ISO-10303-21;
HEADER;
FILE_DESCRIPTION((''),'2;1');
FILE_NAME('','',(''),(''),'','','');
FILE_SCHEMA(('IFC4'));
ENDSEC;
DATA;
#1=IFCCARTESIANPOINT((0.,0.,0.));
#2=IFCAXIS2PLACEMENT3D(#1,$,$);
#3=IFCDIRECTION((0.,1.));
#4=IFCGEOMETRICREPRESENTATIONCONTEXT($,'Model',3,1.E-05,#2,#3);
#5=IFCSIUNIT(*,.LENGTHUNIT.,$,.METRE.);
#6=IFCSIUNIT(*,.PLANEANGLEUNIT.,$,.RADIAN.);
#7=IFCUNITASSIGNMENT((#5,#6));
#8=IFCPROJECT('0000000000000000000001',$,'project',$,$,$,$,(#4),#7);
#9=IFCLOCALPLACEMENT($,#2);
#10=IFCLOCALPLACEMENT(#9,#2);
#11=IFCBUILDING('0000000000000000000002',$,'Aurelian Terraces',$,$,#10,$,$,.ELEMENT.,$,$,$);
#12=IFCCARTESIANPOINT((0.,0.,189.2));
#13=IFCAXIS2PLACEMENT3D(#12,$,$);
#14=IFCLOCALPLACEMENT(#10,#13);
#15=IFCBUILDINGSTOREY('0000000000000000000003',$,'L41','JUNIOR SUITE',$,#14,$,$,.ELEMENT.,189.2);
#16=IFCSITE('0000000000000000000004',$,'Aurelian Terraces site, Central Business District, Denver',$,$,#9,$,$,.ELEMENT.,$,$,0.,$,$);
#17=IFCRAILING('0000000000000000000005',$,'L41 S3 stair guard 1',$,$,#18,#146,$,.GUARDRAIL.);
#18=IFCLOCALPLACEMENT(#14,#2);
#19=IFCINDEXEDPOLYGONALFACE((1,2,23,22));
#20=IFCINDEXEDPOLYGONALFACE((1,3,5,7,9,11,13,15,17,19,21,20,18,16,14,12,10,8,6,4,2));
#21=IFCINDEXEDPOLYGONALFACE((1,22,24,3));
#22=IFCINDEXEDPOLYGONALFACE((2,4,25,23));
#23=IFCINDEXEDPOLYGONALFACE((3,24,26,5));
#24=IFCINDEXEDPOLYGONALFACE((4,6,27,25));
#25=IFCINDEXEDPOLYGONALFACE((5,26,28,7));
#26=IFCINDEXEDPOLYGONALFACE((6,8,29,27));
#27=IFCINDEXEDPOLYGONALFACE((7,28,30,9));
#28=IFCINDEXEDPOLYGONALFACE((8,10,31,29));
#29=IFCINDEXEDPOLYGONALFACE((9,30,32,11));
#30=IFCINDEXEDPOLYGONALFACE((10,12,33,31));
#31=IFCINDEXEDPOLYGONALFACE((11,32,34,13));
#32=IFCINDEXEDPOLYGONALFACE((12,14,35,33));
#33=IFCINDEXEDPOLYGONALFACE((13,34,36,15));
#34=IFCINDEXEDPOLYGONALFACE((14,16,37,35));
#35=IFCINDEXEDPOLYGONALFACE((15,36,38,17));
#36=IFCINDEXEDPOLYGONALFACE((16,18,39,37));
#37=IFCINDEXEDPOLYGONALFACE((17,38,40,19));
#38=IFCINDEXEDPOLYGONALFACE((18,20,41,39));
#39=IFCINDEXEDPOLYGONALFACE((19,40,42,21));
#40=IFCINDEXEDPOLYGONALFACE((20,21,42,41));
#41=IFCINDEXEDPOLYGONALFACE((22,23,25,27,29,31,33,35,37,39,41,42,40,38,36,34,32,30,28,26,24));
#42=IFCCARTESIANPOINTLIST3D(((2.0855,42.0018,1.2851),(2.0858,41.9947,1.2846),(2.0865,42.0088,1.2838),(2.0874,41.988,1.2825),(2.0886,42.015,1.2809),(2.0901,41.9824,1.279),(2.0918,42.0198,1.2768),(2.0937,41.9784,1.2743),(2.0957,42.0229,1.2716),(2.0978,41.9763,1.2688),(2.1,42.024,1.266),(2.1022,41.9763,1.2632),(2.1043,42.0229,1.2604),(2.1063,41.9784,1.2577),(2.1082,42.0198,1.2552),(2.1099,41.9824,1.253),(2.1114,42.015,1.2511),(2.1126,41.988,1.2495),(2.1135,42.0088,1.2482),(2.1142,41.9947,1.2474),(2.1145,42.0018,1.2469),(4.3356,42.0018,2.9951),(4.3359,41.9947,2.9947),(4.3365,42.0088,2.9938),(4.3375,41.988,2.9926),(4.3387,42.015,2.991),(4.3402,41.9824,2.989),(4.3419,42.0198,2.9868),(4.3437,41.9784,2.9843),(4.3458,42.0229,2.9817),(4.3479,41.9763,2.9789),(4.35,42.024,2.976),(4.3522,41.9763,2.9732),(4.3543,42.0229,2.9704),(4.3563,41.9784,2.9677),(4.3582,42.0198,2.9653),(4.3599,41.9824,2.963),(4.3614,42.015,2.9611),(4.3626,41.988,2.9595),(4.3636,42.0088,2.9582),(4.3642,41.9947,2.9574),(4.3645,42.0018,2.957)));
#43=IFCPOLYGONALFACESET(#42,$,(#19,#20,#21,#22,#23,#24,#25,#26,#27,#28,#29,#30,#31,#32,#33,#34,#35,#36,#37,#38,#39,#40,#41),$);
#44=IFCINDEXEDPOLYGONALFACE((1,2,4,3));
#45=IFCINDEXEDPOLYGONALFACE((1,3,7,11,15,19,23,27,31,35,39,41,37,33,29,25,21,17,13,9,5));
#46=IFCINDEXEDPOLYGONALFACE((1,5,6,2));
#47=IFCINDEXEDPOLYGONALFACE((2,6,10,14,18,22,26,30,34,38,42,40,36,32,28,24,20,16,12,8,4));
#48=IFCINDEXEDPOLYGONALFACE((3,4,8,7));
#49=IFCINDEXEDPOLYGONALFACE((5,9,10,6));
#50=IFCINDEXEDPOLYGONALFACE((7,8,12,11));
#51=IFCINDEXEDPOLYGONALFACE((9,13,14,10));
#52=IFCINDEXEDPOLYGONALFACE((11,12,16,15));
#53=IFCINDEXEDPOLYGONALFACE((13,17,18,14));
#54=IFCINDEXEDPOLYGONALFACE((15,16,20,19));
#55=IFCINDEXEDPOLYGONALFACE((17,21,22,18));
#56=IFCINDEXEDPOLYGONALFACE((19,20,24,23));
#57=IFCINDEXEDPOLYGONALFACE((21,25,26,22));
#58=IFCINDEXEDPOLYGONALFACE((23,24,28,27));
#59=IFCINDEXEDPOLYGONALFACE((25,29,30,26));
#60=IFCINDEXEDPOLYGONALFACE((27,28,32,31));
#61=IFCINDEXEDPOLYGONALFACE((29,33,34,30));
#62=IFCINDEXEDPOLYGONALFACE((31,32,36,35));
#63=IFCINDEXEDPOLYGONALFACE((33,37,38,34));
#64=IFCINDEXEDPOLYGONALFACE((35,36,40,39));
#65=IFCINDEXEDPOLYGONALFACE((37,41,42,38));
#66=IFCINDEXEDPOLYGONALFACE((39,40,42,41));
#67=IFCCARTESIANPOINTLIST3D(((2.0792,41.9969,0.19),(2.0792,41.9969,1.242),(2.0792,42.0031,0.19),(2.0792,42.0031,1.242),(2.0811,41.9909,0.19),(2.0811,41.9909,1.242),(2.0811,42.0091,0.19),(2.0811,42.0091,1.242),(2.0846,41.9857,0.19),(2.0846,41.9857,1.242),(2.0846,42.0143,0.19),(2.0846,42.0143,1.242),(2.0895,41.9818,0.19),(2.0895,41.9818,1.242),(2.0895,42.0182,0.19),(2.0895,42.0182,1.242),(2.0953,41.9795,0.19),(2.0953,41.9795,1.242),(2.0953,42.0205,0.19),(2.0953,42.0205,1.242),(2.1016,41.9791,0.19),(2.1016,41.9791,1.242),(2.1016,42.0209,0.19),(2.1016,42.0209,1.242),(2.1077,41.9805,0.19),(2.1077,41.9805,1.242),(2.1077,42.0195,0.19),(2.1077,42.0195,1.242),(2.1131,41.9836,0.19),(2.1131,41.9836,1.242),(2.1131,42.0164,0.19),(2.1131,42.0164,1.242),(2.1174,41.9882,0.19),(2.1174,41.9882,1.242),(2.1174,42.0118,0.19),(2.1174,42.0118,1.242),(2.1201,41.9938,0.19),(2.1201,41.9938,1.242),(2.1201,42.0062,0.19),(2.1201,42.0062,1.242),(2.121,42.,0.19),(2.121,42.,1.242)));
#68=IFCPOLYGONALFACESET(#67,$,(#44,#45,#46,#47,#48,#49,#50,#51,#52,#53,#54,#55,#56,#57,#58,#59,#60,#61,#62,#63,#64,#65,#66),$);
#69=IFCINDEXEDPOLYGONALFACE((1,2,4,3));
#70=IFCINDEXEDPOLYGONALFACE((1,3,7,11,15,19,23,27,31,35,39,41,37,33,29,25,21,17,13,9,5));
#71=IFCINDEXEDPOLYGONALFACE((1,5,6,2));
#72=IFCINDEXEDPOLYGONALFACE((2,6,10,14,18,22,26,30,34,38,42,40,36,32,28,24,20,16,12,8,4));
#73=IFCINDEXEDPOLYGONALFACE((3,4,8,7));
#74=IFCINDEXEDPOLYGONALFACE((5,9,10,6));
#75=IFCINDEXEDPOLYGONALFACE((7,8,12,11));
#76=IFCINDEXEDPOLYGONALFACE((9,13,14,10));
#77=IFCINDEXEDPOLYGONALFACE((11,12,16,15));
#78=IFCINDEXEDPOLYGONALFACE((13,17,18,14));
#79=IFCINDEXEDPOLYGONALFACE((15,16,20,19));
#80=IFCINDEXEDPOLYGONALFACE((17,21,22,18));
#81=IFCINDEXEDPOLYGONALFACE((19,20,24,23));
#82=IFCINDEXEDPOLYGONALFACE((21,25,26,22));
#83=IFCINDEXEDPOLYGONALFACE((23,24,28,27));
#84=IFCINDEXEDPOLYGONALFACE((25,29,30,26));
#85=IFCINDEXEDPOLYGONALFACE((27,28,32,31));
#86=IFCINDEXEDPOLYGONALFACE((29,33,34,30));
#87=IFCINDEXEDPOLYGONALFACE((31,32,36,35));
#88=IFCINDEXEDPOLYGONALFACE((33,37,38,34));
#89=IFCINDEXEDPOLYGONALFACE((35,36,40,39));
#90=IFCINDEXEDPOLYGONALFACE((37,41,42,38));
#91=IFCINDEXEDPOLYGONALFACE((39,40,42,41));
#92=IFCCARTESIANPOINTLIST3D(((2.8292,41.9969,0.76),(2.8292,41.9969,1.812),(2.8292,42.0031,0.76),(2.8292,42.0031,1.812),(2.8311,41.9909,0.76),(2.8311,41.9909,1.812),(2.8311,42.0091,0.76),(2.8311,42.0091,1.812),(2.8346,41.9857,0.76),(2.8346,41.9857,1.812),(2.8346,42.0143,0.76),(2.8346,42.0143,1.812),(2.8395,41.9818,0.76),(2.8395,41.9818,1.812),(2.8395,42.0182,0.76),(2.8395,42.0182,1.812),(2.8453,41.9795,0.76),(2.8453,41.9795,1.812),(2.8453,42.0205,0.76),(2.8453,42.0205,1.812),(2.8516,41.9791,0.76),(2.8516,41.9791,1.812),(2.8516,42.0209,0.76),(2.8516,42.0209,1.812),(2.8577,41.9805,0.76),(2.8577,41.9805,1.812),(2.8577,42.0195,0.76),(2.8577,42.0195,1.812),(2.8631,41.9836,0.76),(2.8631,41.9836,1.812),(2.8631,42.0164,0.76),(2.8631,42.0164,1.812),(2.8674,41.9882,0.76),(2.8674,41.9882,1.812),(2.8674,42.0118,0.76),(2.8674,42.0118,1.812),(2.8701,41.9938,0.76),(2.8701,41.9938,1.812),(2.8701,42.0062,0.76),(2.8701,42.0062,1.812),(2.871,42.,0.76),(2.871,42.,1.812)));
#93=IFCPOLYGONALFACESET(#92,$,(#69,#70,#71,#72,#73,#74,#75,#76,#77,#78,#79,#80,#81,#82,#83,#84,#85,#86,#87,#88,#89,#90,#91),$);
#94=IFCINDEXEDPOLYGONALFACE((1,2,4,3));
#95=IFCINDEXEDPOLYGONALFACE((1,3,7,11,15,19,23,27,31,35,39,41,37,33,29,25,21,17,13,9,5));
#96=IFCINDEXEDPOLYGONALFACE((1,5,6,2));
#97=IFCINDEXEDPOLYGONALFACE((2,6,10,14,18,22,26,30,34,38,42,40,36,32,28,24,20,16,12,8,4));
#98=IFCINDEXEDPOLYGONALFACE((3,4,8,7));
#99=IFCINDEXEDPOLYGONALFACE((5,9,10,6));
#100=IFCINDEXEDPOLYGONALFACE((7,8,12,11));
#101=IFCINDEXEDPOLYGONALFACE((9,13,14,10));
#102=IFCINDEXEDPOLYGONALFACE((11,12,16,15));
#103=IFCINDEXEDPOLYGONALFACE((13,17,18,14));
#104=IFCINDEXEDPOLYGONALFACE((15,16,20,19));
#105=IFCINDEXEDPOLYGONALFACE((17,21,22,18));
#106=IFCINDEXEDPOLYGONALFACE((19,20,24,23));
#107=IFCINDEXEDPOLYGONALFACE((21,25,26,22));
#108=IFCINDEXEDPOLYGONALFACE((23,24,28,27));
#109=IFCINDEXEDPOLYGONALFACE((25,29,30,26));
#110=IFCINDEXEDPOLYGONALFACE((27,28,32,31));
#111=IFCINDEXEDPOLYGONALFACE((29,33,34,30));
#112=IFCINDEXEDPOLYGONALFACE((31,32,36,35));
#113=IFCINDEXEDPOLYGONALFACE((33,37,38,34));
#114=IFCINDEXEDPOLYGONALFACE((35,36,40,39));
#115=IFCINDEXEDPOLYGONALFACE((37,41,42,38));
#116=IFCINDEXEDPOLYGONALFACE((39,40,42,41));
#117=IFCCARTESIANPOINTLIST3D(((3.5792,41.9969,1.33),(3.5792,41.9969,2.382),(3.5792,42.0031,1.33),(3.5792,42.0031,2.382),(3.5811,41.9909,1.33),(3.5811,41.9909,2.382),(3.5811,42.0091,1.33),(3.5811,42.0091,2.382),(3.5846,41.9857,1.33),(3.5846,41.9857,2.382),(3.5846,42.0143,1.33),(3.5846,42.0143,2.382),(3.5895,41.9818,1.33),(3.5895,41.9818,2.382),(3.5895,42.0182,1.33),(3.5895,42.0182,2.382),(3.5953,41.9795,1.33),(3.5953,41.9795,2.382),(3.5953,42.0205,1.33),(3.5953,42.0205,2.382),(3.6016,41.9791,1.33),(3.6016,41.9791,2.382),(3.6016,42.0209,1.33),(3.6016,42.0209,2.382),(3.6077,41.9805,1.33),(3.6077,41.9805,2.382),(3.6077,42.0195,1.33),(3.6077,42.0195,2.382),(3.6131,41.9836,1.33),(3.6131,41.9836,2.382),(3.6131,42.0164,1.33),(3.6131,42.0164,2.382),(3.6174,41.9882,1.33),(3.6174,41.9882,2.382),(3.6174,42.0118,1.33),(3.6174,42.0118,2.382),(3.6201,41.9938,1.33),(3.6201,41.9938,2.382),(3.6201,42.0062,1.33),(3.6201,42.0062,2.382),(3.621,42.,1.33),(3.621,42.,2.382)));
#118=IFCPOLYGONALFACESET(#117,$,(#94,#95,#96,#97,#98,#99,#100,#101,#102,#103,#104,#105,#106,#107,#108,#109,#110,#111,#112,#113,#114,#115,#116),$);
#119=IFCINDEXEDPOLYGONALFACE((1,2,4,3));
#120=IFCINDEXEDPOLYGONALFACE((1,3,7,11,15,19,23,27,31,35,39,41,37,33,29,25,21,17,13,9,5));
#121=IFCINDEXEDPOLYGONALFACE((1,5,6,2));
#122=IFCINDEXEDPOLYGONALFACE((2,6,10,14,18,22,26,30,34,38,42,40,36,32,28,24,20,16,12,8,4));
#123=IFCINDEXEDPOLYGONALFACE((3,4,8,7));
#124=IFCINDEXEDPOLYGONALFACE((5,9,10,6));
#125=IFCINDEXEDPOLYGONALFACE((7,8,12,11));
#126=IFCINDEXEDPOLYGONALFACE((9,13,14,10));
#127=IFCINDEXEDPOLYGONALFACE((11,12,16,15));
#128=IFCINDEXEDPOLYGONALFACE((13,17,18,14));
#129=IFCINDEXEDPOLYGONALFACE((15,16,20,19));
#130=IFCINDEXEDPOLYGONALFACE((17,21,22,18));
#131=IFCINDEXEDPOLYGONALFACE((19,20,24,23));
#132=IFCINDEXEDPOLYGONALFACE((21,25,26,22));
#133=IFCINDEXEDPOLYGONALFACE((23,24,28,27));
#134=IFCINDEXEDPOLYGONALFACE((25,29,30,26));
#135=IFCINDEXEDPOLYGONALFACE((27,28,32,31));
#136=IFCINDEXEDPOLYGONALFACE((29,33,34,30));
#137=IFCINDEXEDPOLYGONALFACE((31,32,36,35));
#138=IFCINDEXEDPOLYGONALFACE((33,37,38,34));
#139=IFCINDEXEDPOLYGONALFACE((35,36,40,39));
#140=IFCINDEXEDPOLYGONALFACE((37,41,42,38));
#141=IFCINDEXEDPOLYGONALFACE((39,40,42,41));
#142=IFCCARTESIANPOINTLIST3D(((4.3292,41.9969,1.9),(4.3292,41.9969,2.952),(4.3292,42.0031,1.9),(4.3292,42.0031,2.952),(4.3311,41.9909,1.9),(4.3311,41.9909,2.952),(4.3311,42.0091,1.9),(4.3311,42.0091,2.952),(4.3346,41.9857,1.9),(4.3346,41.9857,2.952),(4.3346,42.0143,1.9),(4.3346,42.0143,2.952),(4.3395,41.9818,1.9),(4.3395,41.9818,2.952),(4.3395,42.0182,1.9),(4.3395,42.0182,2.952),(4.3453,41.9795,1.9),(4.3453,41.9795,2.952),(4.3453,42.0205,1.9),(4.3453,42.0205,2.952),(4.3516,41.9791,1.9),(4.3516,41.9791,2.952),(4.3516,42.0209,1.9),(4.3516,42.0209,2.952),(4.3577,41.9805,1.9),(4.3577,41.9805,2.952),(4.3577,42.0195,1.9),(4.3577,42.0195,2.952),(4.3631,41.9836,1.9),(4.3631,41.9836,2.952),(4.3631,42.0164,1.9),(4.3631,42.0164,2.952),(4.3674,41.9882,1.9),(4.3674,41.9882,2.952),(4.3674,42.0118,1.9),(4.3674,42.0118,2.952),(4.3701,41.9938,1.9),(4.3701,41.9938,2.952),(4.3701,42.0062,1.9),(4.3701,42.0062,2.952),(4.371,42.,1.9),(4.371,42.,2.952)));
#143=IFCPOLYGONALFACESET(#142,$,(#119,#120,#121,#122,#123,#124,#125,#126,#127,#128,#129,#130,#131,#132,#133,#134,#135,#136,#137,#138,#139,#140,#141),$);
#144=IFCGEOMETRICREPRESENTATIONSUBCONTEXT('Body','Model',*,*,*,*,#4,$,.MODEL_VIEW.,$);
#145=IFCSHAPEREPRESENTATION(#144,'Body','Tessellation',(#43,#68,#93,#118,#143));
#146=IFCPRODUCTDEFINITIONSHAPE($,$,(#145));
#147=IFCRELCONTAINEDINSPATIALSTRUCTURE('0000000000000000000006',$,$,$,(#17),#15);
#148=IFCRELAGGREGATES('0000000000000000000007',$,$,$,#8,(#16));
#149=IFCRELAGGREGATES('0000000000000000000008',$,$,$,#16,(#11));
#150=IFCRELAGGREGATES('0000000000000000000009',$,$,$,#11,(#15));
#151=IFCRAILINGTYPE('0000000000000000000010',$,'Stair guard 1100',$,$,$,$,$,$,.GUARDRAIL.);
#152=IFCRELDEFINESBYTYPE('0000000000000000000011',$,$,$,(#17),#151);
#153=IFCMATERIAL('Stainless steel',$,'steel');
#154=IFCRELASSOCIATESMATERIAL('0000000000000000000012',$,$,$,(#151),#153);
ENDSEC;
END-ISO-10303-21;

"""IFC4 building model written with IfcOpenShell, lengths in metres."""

from ifc_helpers import new_model, si_unit, direction, frame, origin, origin_2d, place, context, subcontext, project, spatial, circle, extrude, source, transform, mapped, material, type_object, element, save


model = new_model("IFC4")

# Units and contexts
model_context = context("Model", 3, precision=1e-05, world=origin(), true_north=direction((0.0, 1.0)))
body_context = subcontext(model_context, "Body", "Model", "MODEL_VIEW")
ifc_project = project(units=[si_unit("LENGTHUNIT", "METRE"), si_unit("PLANEANGLEUNIT", "RADIAN")], contexts=[model_context])

# Site, building, storey
site_placement = place(None, origin())
site = spatial("IfcSite", under=ifc_project, at=site_placement, Name="Aurelian Terraces site, Central Business District, Denver", CompositionType="ELEMENT", RefElevation=0.0)
building_placement = place(site_placement, origin())
building = spatial("IfcBuilding", under=site, at=building_placement, Name="Aurelian Terraces", CompositionType="ELEMENT")
storey_placement = place(building_placement, frame((0.0, 0.0, 189.2)))
storey = spatial("IfcBuildingStorey", under=building, at=storey_placement, Name="L41", Description="JUNIOR SUITE", CompositionType="ELEMENT", Elevation=189.2)

# Railing
ifc_material_1 = material(Name="Stainless steel", Category="steel")
railing_type_1 = type_object("IfcRailingType", Name="Stair guard 1100", PredefinedType="GUARDRAIL", material=ifc_material_1)
shared_shape_1 = source(origin(), body_context, "Body", "SweptSolid", [
    extrude(circle(Radius=0.024, at=origin_2d()), frame((0.0, 0.0, 1.076), z_axis=(0.796162, 0.0, 0.605083), x_axis=(0.0, 1.0, 0.0)), (0.0, 0.0, 1.0), 2.8261),
    extrude(circle(Radius=0.021, at=origin_2d()), origin(), (0.0, 0.0, 1.0), 1.052),
    extrude(circle(Radius=0.021, at=origin_2d()), frame((0.75, 0.0, 0.57)), (0.0, 0.0, 1.0), 1.052),
    extrude(circle(Radius=0.021, at=origin_2d()), frame((1.5, 0.0, 1.14)), (0.0, 0.0, 1.0), 1.052),
    extrude(circle(Radius=0.021, at=origin_2d()), frame((2.25, 0.0, 1.71)), (0.0, 0.0, 1.0), 1.052),
])
railing_1_placement = place(storey_placement, frame((2.1, 42.0, 0.19)))
element("IfcRailing", 1, at=railing_1_placement, inside=storey, type_object=railing_type_1, Name="L41 S3 stair guard 1", PredefinedType="GUARDRAIL", context=body_context, shape_type="MappedRepresentation", body=[
    mapped(shared_shape_1, transform((0.0, 0.0, 0.0), scale=1.0)),
])

save(model, "model.ifc")
